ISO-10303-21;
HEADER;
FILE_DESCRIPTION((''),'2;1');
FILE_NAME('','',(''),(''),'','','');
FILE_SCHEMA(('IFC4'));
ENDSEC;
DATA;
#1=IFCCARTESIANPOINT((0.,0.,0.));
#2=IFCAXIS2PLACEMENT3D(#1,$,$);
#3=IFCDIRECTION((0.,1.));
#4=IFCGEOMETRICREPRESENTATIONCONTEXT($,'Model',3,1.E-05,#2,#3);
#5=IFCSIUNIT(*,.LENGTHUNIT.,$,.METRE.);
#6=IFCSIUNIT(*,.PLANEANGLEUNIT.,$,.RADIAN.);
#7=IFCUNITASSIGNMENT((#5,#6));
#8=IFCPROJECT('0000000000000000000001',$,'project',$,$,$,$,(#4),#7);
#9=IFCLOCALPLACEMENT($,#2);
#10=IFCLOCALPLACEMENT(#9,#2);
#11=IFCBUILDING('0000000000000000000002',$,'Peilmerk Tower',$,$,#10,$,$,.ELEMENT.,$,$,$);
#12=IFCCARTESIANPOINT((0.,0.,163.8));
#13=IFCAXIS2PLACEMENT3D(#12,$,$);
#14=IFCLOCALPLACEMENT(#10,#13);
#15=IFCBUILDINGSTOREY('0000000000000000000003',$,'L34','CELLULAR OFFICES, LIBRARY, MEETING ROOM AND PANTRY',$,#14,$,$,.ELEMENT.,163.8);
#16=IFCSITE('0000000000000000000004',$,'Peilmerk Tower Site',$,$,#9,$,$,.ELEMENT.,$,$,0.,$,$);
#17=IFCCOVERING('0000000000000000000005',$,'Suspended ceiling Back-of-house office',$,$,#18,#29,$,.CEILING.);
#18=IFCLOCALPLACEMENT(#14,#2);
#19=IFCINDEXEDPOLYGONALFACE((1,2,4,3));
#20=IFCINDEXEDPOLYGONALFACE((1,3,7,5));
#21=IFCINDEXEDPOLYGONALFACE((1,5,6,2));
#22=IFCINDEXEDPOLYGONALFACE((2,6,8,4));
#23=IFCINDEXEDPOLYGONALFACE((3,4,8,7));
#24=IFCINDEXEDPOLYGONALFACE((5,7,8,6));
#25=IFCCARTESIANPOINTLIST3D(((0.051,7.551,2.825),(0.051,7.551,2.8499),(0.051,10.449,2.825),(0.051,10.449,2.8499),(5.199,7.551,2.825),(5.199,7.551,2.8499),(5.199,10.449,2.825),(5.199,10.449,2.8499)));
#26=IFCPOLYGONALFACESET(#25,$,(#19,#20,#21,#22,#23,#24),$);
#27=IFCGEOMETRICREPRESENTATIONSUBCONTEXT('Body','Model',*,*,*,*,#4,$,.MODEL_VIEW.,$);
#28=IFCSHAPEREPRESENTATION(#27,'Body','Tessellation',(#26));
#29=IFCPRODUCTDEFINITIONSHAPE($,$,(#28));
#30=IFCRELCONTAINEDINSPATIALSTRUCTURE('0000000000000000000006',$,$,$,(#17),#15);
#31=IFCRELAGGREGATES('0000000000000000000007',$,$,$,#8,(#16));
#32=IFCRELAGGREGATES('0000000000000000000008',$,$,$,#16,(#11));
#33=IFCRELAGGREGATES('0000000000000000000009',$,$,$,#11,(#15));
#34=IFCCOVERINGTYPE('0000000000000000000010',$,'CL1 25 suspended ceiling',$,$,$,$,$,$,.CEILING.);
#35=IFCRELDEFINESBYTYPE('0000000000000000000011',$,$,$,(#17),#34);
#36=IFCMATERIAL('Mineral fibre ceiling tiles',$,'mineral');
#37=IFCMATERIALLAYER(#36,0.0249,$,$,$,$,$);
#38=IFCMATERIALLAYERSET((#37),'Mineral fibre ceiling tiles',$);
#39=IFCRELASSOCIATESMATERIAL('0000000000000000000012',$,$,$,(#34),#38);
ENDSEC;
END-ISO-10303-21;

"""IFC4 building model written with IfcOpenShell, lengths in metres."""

from ifc_helpers import new_model, si_unit, direction, frame, origin, place, context, subcontext, project, spatial, polyline, outline, extrude, material, layer, layer_set, type_object, element, save


model = new_model("IFC4")

# Units and contexts
model_context = context("Model", 3, precision=1e-05, world=origin(), true_north=direction((0.0, 1.0)))
body_context = subcontext(model_context, "Body", "Model", "MODEL_VIEW")
ifc_project = project(units=[si_unit("LENGTHUNIT", "METRE"), si_unit("PLANEANGLEUNIT", "RADIAN")], contexts=[model_context])

# Site, building, storey
site_placement = place(None, origin())
site = spatial("IfcSite", under=ifc_project, at=site_placement, Name="Peilmerk Tower Site", CompositionType="ELEMENT", RefElevation=0.0)
building_placement = place(site_placement, origin())
building = spatial("IfcBuilding", under=site, at=building_placement, Name="Peilmerk Tower", CompositionType="ELEMENT")
storey_placement = place(building_placement, frame((0.0, 0.0, 163.8)))
storey = spatial("IfcBuildingStorey", under=building, at=storey_placement, Name="L34", Description="CELLULAR OFFICES, LIBRARY, MEETING ROOM AND PANTRY", CompositionType="ELEMENT", Elevation=163.8)

# Covering
ifc_material_1 = material(Name="Mineral fibre ceiling tiles", Category="mineral")
ifc_layer_1 = layer(ifc_material_1, 0.0249)
ifc_layer_set_1 = layer_set([ifc_layer_1], Name="Mineral fibre ceiling tiles")
covering_type = type_object("IfcCoveringType", Name="CL1 25 suspended ceiling", PredefinedType="CEILING", material=ifc_layer_set_1)
covering_1_placement = place(storey_placement, frame((0.0, 0.0, 2.825)))
element("IfcCovering", 1, at=covering_1_placement, inside=storey, type_object=covering_type, Name="Suspended ceiling Back-of-house office", PredefinedType="CEILING", context=body_context, shape_type="SweptSolid", body=[
    extrude(outline(polyline([(0.051, 7.551), (5.199, 7.551), (5.199, 10.449), (0.051, 10.449), (0.051, 7.551)])), origin(), (0.0, 0.0, 1.0), 0.0249),
])

save(model, "model.ifc")
